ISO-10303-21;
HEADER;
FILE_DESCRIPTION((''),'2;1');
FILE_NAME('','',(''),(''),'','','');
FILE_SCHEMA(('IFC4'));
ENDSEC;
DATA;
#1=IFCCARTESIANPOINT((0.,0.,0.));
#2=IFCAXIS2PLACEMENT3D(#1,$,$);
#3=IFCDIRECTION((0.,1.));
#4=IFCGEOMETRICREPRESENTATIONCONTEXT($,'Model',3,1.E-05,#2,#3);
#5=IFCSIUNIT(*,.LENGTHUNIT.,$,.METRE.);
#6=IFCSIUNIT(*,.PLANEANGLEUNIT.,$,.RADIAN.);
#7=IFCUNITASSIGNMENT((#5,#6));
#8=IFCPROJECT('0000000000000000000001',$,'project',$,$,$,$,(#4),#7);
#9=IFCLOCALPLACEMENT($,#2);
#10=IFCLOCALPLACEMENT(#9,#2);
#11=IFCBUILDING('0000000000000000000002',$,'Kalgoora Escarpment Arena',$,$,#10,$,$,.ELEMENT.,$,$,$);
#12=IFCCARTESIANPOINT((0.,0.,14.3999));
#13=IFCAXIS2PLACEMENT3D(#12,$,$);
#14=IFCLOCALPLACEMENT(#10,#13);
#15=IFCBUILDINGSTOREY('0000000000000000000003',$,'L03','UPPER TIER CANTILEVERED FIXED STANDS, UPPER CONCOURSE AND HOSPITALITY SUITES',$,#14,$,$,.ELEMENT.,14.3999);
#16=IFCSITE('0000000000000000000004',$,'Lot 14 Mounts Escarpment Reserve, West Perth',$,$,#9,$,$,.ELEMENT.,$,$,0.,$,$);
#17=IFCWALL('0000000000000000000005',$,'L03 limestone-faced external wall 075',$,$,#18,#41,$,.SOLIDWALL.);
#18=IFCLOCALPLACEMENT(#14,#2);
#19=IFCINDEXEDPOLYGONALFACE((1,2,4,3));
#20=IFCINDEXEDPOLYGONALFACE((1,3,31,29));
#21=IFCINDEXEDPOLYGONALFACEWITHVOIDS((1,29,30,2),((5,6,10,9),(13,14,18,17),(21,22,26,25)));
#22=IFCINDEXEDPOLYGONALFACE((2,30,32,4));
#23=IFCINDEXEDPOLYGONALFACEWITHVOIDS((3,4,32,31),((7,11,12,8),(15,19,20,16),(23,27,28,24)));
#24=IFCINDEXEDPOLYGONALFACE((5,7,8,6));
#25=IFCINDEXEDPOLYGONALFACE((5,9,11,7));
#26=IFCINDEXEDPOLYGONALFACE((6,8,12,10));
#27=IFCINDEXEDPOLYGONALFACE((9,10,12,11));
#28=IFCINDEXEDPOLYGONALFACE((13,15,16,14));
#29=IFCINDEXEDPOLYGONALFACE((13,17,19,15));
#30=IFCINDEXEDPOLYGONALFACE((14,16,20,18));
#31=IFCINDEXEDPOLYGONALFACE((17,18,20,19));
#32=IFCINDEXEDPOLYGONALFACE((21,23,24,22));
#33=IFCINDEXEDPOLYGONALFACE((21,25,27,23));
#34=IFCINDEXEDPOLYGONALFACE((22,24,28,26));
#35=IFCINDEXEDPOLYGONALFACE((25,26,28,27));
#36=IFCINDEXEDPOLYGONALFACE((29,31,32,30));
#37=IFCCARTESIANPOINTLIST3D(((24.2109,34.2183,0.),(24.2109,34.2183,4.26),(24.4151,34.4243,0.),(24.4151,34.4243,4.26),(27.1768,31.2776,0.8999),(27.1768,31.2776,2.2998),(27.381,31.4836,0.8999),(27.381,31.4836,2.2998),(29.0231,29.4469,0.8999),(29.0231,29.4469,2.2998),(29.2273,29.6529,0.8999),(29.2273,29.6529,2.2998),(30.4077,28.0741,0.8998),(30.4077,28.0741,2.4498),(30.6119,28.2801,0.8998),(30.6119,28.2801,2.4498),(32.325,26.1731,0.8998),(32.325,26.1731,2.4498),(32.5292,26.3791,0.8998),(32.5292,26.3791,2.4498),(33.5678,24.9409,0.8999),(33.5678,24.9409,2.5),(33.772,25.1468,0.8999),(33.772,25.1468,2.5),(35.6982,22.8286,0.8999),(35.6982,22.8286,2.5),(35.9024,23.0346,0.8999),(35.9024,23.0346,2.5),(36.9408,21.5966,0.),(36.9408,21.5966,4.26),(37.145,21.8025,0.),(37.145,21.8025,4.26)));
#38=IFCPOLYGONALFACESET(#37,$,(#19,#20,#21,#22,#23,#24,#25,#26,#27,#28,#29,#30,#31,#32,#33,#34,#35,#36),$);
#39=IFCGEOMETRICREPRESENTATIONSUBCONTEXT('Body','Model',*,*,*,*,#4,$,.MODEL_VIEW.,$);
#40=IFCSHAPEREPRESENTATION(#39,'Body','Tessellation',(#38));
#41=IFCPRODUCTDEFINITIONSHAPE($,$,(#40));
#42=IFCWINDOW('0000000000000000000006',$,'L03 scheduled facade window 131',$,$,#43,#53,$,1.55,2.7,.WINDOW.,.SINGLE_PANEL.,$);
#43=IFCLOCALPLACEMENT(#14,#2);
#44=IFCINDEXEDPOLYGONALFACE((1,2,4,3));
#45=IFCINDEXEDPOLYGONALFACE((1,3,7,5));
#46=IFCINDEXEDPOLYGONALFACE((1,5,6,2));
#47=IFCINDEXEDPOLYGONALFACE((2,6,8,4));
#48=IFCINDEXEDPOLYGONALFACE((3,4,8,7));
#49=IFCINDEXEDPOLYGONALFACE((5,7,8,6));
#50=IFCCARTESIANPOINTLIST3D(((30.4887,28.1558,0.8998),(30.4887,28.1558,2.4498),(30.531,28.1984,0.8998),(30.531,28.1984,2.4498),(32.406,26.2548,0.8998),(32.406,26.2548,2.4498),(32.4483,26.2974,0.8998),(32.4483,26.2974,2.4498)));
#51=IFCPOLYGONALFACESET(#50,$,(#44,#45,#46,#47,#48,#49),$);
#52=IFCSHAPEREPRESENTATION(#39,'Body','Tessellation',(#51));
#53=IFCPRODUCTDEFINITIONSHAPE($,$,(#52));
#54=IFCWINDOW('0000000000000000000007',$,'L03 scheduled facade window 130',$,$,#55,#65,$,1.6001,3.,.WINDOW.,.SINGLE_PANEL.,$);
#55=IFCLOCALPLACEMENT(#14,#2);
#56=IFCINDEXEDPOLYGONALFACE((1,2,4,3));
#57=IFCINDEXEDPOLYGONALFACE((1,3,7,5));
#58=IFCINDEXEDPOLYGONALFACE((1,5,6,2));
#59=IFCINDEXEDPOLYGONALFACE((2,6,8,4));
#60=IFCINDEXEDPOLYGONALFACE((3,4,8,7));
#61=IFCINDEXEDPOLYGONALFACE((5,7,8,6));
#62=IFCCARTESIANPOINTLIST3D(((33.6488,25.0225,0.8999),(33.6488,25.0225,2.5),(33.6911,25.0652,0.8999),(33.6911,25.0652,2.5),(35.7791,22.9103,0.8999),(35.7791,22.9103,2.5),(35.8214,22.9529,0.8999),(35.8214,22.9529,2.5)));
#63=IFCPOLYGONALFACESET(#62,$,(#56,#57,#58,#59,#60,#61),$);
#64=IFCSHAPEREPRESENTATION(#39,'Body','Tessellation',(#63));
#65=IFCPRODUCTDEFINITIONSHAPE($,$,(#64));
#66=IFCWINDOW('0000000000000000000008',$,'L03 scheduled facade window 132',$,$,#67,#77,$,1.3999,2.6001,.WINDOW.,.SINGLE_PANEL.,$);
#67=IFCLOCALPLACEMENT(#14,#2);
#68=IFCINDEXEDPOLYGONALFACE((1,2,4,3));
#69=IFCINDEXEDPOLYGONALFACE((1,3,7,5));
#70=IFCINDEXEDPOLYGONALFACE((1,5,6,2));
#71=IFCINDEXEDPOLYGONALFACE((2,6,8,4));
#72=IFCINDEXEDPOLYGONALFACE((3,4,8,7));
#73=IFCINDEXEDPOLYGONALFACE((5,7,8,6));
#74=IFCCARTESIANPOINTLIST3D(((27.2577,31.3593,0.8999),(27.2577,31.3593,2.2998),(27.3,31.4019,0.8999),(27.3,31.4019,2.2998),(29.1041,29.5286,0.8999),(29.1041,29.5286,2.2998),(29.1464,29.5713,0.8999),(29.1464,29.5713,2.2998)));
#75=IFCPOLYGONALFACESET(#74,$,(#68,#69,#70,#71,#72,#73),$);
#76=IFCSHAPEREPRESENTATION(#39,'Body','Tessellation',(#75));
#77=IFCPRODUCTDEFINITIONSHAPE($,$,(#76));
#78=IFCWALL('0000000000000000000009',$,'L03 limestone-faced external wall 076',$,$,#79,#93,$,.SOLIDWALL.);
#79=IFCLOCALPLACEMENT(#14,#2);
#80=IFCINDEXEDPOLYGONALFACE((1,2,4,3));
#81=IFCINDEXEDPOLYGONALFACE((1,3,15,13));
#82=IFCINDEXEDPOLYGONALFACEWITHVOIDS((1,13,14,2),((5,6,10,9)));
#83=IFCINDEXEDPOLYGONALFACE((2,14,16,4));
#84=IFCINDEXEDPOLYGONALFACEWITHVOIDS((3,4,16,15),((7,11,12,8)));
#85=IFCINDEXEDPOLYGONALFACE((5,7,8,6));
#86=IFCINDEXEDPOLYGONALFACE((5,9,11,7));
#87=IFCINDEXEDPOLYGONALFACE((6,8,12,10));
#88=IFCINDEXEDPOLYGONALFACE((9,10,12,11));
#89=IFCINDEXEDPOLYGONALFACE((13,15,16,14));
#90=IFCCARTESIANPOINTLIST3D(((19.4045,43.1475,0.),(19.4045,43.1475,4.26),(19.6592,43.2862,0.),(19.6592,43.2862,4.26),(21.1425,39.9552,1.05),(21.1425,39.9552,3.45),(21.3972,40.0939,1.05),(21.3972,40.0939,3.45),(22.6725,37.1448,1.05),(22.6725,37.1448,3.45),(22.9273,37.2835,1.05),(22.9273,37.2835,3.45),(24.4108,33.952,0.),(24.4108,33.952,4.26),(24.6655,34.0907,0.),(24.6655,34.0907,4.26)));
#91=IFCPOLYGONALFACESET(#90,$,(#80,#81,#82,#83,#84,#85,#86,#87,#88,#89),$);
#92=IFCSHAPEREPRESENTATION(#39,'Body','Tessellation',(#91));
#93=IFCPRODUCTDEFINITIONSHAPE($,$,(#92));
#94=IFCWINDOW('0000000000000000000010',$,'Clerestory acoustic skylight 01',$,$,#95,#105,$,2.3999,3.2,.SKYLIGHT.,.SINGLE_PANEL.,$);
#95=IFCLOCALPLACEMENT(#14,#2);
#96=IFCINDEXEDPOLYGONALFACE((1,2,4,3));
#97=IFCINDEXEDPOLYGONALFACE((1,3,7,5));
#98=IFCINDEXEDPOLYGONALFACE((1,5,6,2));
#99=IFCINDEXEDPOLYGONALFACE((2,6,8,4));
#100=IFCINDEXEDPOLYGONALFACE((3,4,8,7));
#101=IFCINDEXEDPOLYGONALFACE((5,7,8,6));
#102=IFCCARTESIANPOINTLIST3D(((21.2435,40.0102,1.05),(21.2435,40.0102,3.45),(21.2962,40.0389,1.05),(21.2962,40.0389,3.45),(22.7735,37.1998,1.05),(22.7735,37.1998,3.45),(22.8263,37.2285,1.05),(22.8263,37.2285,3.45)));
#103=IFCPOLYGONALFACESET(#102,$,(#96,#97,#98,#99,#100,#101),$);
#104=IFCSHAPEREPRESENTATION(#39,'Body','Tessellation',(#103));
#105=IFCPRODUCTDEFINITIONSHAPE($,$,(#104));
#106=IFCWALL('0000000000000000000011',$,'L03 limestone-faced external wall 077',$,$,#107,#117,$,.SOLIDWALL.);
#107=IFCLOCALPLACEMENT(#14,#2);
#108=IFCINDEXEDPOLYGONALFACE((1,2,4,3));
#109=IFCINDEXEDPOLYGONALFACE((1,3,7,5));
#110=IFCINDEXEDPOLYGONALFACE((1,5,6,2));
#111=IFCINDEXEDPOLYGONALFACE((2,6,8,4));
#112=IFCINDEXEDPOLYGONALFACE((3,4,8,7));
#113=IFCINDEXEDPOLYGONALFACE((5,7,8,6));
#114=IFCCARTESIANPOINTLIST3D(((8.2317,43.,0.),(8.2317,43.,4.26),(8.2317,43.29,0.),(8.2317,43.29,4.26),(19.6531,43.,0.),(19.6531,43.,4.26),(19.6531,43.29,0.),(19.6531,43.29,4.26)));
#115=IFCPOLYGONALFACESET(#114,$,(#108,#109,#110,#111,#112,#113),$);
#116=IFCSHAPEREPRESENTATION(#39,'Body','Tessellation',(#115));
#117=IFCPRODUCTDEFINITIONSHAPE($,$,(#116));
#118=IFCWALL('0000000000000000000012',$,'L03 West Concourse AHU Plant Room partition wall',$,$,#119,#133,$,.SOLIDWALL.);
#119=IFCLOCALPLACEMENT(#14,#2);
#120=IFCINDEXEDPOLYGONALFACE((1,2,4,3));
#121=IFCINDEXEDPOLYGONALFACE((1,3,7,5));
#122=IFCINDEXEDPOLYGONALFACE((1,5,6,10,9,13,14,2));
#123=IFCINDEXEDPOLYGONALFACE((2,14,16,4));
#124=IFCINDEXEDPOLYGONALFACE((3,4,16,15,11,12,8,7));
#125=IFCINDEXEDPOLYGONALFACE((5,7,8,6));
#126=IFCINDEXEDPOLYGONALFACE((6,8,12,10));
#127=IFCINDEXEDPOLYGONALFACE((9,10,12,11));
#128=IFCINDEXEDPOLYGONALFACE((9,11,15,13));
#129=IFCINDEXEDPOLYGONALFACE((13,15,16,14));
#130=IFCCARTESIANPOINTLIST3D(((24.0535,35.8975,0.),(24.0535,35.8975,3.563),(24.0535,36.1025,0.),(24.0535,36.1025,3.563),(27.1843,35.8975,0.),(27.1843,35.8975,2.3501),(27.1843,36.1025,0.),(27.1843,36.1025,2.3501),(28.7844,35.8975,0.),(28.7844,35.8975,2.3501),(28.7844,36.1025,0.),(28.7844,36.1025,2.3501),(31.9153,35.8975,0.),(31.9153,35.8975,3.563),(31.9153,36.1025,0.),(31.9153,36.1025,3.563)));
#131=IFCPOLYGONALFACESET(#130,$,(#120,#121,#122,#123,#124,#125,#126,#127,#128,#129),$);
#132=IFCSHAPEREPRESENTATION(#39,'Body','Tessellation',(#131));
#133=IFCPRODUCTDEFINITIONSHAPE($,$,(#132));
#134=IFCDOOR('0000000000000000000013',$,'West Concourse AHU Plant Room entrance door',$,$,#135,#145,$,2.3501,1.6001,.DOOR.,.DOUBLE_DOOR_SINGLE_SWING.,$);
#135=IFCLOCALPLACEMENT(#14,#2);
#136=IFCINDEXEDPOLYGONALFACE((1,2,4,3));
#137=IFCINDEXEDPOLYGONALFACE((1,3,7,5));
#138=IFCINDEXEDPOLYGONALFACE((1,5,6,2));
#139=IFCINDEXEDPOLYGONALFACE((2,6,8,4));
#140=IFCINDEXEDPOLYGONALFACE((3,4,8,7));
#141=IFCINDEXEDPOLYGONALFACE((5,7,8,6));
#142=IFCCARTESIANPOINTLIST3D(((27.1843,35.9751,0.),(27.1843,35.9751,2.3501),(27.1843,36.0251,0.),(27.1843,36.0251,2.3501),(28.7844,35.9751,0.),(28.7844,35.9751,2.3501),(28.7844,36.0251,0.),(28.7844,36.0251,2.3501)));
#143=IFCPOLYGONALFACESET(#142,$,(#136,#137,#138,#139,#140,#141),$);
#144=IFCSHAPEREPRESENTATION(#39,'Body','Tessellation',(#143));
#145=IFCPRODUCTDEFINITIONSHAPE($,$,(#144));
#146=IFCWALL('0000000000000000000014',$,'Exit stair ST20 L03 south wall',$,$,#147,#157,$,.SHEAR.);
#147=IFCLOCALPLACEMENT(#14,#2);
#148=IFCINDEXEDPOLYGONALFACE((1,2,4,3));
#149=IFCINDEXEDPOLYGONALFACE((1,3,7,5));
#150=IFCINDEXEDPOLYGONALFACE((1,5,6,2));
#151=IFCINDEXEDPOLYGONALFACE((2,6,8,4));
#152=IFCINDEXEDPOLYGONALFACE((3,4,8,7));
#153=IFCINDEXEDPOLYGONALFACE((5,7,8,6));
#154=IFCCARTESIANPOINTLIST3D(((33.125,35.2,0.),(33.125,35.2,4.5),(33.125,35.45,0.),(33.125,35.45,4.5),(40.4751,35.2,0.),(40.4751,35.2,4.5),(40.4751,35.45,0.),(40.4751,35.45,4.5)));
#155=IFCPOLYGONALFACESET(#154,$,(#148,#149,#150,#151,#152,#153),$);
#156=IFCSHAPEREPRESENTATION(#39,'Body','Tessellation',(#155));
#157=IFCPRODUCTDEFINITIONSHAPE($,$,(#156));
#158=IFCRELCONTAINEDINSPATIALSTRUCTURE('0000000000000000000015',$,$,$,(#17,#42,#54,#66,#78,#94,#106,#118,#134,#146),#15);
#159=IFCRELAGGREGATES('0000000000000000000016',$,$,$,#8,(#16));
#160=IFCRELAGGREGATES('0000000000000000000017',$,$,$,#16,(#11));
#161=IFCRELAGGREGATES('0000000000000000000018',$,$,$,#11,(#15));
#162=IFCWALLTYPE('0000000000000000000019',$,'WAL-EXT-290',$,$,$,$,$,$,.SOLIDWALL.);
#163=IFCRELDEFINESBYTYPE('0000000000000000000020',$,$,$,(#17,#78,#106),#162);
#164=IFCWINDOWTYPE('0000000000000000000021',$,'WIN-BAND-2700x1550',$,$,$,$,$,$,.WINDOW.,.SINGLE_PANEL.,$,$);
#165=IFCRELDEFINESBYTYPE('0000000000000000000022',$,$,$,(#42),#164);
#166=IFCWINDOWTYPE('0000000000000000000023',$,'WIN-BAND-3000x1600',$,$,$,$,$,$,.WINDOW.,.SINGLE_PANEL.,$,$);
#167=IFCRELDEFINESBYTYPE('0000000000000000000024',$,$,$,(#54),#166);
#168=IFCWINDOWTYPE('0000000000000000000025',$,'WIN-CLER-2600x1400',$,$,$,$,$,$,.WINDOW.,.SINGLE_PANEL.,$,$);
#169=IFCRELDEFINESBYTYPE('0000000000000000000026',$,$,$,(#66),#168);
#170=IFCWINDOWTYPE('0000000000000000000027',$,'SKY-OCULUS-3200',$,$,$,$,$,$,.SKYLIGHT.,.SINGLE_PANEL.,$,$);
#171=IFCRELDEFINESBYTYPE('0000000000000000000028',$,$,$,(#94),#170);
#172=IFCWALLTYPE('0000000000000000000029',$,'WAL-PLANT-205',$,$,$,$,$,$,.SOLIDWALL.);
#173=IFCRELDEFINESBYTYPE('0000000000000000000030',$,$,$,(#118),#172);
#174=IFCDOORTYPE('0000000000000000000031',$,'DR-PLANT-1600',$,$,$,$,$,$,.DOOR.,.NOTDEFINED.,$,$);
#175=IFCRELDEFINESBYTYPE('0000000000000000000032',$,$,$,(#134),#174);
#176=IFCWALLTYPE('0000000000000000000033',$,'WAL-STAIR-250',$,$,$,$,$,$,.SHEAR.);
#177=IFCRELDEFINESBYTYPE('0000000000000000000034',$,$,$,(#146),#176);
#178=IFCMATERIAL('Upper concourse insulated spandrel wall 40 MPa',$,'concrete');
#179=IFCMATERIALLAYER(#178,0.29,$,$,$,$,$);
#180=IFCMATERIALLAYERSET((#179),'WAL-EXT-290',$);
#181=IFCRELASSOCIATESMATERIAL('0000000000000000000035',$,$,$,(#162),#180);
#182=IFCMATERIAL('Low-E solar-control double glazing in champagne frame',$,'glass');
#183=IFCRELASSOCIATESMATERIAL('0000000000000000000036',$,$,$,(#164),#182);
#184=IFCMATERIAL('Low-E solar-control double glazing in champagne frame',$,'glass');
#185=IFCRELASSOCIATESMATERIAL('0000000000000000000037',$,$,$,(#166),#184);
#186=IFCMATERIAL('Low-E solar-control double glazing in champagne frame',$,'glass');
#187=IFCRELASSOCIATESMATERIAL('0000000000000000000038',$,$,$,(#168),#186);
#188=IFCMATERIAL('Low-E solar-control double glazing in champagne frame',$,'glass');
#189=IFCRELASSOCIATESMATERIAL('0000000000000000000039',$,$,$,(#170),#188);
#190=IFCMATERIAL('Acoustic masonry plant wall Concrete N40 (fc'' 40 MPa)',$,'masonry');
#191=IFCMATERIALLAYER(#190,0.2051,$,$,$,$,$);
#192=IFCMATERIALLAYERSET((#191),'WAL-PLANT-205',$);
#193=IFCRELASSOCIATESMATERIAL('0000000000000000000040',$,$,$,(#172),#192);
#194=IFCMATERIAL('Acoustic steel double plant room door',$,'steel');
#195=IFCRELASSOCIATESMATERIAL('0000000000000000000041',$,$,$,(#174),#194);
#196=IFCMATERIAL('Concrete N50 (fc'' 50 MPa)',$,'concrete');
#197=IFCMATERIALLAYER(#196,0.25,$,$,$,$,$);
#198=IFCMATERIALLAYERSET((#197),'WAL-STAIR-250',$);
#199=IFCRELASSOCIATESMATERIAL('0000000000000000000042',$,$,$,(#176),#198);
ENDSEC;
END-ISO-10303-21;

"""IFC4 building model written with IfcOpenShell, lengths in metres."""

from ifc_helpers import new_model, si_unit, direction, frame, frame_2d, origin, place, context, subcontext, project, spatial, rectangle, extrude, material, layer, layer_set, type_object, element, fill, save


model = new_model("IFC4")

# Units and contexts
model_context = context("Model", 3, precision=1e-05, world=origin(), true_north=direction((0.0, 1.0)))
body_context = subcontext(model_context, "Body", "Model", "MODEL_VIEW")
ifc_project = project(units=[si_unit("LENGTHUNIT", "METRE"), si_unit("PLANEANGLEUNIT", "RADIAN")], contexts=[model_context])

# Site, building, storey
site_placement = place(None, origin())
site = spatial("IfcSite", under=ifc_project, at=site_placement, Name="Lot 14 Mounts Escarpment Reserve, West Perth", CompositionType="ELEMENT", RefElevation=0.0)
building_placement = place(site_placement, origin())
building = spatial("IfcBuilding", under=site, at=building_placement, Name="Kalgoora Escarpment Arena", CompositionType="ELEMENT")
storey_placement = place(building_placement, frame((0.0, 0.0, 14.3999)))
storey = spatial("IfcBuildingStorey", under=building, at=storey_placement, Name="L03", Description="UPPER TIER CANTILEVERED FIXED STANDS, UPPER CONCOURSE AND HOSPITALITY SUITES", CompositionType="ELEMENT", Elevation=14.3999)

# Wall, openings, windows
ifc_material_1 = material(Name="Upper concourse insulated spandrel wall 40 MPa", Category="concrete")
ifc_layer_1 = layer(ifc_material_1, 0.29)
ifc_layer_set_1 = layer_set([ifc_layer_1], Name="WAL-EXT-290")
wall_type_1 = type_object("IfcWallType", Name="WAL-EXT-290", PredefinedType="SOLIDWALL", material=ifc_layer_set_1)
wall_1_placement = place(storey_placement, frame((37.043, 21.6995, 0.0), z_axis=(0.0, 0.0, 1.0), x_axis=(-0.710117, 0.704084, 0.0)))
wall_1 = element("IfcWall", 1, at=wall_1_placement, inside=storey, type_object=wall_type_1, Name="L03 limestone-faced external wall 075", PredefinedType="SOLIDWALL", context=body_context, shape_type="SweptSolid", body=[
    extrude(rectangle(XDim=17.9265, YDim=0.29, at=frame_2d((8.9634, 0.0))), origin(), (0.0, 0.0, 1.0), 4.26),
])
opening_1_placement = place(wall_1_placement, frame((1.75, 0.0, 0.8999)))
opening_1 = element("IfcOpeningElement", 2, at=opening_1_placement, cuts=wall_1, PredefinedType="OPENING", context=body_context, shape_type="SweptSolid", body=[
    extrude(rectangle(XDim=3.0, YDim=1.6001, at=frame_2d((1.5, 0.8))), frame((0.0, 0.155, 0.0), z_axis=(0.0, -1.0, 0.0), x_axis=(1.0, 0.0, 0.0)), (0.0, 0.0, 1.0), 0.3101),
])
opening_2_placement = place(wall_1_placement, frame((6.5, 0.0, 0.8999)))
opening_2 = element("IfcOpeningElement", 3, at=opening_2_placement, cuts=wall_1, PredefinedType="OPENING", context=body_context, shape_type="SweptSolid", body=[
    extrude(rectangle(XDim=2.7, YDim=1.55, at=frame_2d((1.3501, 0.7749))), frame((0.0, 0.155, 0.0), z_axis=(0.0, -1.0, 0.0), x_axis=(1.0, 0.0, 0.0)), (0.0, 0.0, 1.0), 0.3101),
])
opening_3_placement = place(wall_1_placement, frame((11.1499, 0.0, 0.8999)))
opening_3 = element("IfcOpeningElement", 4, at=opening_3_placement, cuts=wall_1, PredefinedType="OPENING", context=body_context, shape_type="SweptSolid", body=[
    extrude(rectangle(XDim=2.6001, YDim=1.3999, at=frame_2d((1.3, 0.7))), frame((0.0, 0.155, 0.0), z_axis=(0.0, -1.0, 0.0), x_axis=(1.0, 0.0, 0.0)), (0.0, 0.0, 1.0), 0.3101),
])
ifc_material_2 = material(Name="Low-E solar-control double glazing in champagne frame", Category="glass")
window_type_1 = type_object("IfcWindowType", Name="WIN-BAND-2700x1550", PartitioningType="SINGLE_PANEL", PredefinedType="WINDOW", material=ifc_material_2)
window_1_placement = place(opening_2_placement, origin())
window_1 = element("IfcWindow", 5, at=window_1_placement, inside=storey, type_object=window_type_1, Name="L03 scheduled facade window 131", OverallHeight=1.55, OverallWidth=2.7, PartitioningType="SINGLE_PANEL", PredefinedType="WINDOW", context=body_context, shape_type="SweptSolid", body=[
    extrude(rectangle(XDim=2.7, YDim=1.55, at=frame_2d((1.3501, 0.7749))), frame((0.0, 0.03, 0.0), z_axis=(0.0, -1.0, 0.0), x_axis=(1.0, 0.0, 0.0)), (0.0, 0.0, 1.0), 0.0601),
])
fill(opening_2, window_1)
ifc_material_3 = material(Name="Low-E solar-control double glazing in champagne frame", Category="glass")
window_type_2 = type_object("IfcWindowType", Name="WIN-BAND-3000x1600", PartitioningType="SINGLE_PANEL", PredefinedType="WINDOW", material=ifc_material_3)
window_2_placement = place(opening_1_placement, origin())
window_2 = element("IfcWindow", 6, at=window_2_placement, inside=storey, type_object=window_type_2, Name="L03 scheduled facade window 130", OverallHeight=1.6001, OverallWidth=3.0, PartitioningType="SINGLE_PANEL", PredefinedType="WINDOW", context=body_context, shape_type="SweptSolid", body=[
    extrude(rectangle(XDim=3.0, YDim=1.6001, at=frame_2d((1.5, 0.8))), frame((0.0, 0.03, 0.0), z_axis=(0.0, -1.0, 0.0), x_axis=(1.0, 0.0, 0.0)), (0.0, 0.0, 1.0), 0.0601),
])
fill(opening_1, window_2)
ifc_material_4 = material(Name="Low-E solar-control double glazing in champagne frame", Category="glass")
window_type_3 = type_object("IfcWindowType", Name="WIN-CLER-2600x1400", PartitioningType="SINGLE_PANEL", PredefinedType="WINDOW", material=ifc_material_4)
window_3_placement = place(opening_3_placement, origin())
window_3 = element("IfcWindow", 7, at=window_3_placement, inside=storey, type_object=window_type_3, Name="L03 scheduled facade window 132", OverallHeight=1.3999, OverallWidth=2.6001, PartitioningType="SINGLE_PANEL", PredefinedType="WINDOW", context=body_context, shape_type="SweptSolid", body=[
    extrude(rectangle(XDim=2.6001, YDim=1.3999, at=frame_2d((1.3, 0.7))), frame((0.0, 0.03, 0.0), z_axis=(0.0, -1.0, 0.0), x_axis=(1.0, 0.0, 0.0)), (0.0, 0.0, 1.0), 0.0601),
])
fill(opening_3, window_3)

# Wall, opening, window
wall_2_placement = place(storey_placement, frame((24.5381, 34.0215, 0.0), z_axis=(0.0, 0.0, 1.0), x_axis=(-0.478159, 0.878273, 0.0)))
wall_2 = element("IfcWall", 8, at=wall_2_placement, inside=storey, type_object=wall_type_1, Name="L03 limestone-faced external wall 076", PredefinedType="SOLIDWALL", context=body_context, shape_type="SweptSolid", body=[
    extrude(rectangle(XDim=10.47, YDim=0.29, at=frame_2d((5.2349, 0.0))), origin(), (0.0, 0.0, 1.0), 4.26),
])
opening_4_placement = place(wall_2_placement, frame((3.635, 0.0, 1.05)))
opening_4 = element("IfcOpeningElement", 9, at=opening_4_placement, cuts=wall_2, PredefinedType="OPENING", context=body_context, shape_type="SweptSolid", body=[
    extrude(rectangle(XDim=3.2, YDim=2.3999, at=frame_2d((1.6001, 1.2))), frame((0.0, 0.155, 0.0), z_axis=(0.0, -1.0, 0.0), x_axis=(1.0, 0.0, 0.0)), (0.0, 0.0, 1.0), 0.3101),
])
ifc_material_5 = material(Name="Low-E solar-control double glazing in champagne frame", Category="glass")
window_type_4 = type_object("IfcWindowType", Name="SKY-OCULUS-3200", PartitioningType="SINGLE_PANEL", PredefinedType="SKYLIGHT", material=ifc_material_5)
window_4_placement = place(opening_4_placement, origin())
window_4 = element("IfcWindow", 10, at=window_4_placement, inside=storey, type_object=window_type_4, Name="Clerestory acoustic skylight 01", OverallHeight=2.3999, OverallWidth=3.2, PartitioningType="SINGLE_PANEL", PredefinedType="SKYLIGHT", context=body_context, shape_type="SweptSolid", body=[
    extrude(rectangle(XDim=3.2, YDim=2.3999, at=frame_2d((1.6001, 1.2))), frame((0.0, 0.03, 0.0), z_axis=(0.0, -1.0, 0.0), x_axis=(1.0, 0.0, 0.0)), (0.0, 0.0, 1.0), 0.0601),
])
fill(opening_4, window_4)

# Wall
wall_3_placement = place(storey_placement, frame((19.6531, 43.145, 0.0), z_axis=(0.0, 0.0, 1.0), x_axis=(-1.0, 0.0, 0.0)))
element("IfcWall", 11, at=wall_3_placement, inside=storey, type_object=wall_type_1, Name="L03 limestone-faced external wall 077", PredefinedType="SOLIDWALL", context=body_context, shape_type="SweptSolid", body=[
    extrude(rectangle(XDim=11.4214, YDim=0.29, at=frame_2d((5.7107, 0.0))), origin(), (0.0, 0.0, 1.0), 4.26),
])

# Wall, opening, door
ifc_material_6 = material(Name="Acoustic masonry plant wall Concrete N40 (fc' 40 MPa)", Category="masonry")
ifc_layer_2 = layer(ifc_material_6, 0.2051)
ifc_layer_set_2 = layer_set([ifc_layer_2], Name="WAL-PLANT-205")
wall_type_2 = type_object("IfcWallType", Name="WAL-PLANT-205", PredefinedType="SOLIDWALL", material=ifc_layer_set_2)
wall_4_placement = place(storey_placement, frame((31.9153, 36.0, 0.0), z_axis=(0.0, 0.0, 1.0), x_axis=(-1.0, 0.0, 0.0)))
wall_4 = element("IfcWall", 12, at=wall_4_placement, inside=storey, type_object=wall_type_2, Name="L03 West Concourse AHU Plant Room partition wall", PredefinedType="SOLIDWALL", context=body_context, shape_type="SweptSolid", body=[
    extrude(rectangle(XDim=7.8618, YDim=0.2051, at=frame_2d((3.9309, 0.0))), origin(), (0.0, 0.0, 1.0), 3.563),
])
opening_5_placement = place(wall_4_placement, frame((3.1309, 0.0, 0.0)))
opening_5 = element("IfcOpeningElement", 13, at=opening_5_placement, cuts=wall_4, PredefinedType="OPENING", context=body_context, shape_type="SweptSolid", body=[
    extrude(rectangle(XDim=1.6001, YDim=2.3501, at=frame_2d((0.8, 1.175))), frame((0.0, 0.1125, 0.0), z_axis=(0.0, -1.0, 0.0), x_axis=(1.0, 0.0, 0.0)), (0.0, 0.0, 1.0), 0.2251),
])
ifc_material_7 = material(Name="Acoustic steel double plant room door", Category="steel")
door_type = type_object("IfcDoorType", Name="DR-PLANT-1600", OperationType="NOTDEFINED", PredefinedType="DOOR", material=ifc_material_7)
door_placement = place(opening_5_placement, origin())
door = element("IfcDoor", 14, at=door_placement, inside=storey, type_object=door_type, Name="West Concourse AHU Plant Room entrance door", OperationType="DOUBLE_DOOR_SINGLE_SWING", OverallHeight=2.3501, OverallWidth=1.6001, PredefinedType="DOOR", context=body_context, shape_type="SweptSolid", body=[
    extrude(rectangle(XDim=1.6001, YDim=2.3501, at=frame_2d((0.8, 1.175))), frame((0.0, 0.0249, 0.0), z_axis=(0.0, -1.0, 0.0), x_axis=(1.0, 0.0, 0.0)), (0.0, 0.0, 1.0), 0.05),
])
fill(opening_5, door)

# Wall
ifc_material_8 = material(Name="Concrete N50 (fc' 50 MPa)", Category="concrete")
ifc_layer_3 = layer(ifc_material_8, 0.25)
ifc_layer_set_3 = layer_set([ifc_layer_3], Name="WAL-STAIR-250")
wall_type_3 = type_object("IfcWallType", Name="WAL-STAIR-250", PredefinedType="SHEAR", material=ifc_layer_set_3)
wall_5_placement = place(storey_placement, frame((33.125, 35.325, 0.0), z_axis=(0.0, 0.0, 1.0), x_axis=(1.0, 0.0, 0.0)))
element("IfcWall", 15, at=wall_5_placement, inside=storey, type_object=wall_type_3, Name="Exit stair ST20 L03 south wall", PredefinedType="SHEAR", context=body_context, shape_type="SweptSolid", body=[
    extrude(rectangle(XDim=7.3501, YDim=0.25, at=frame_2d((3.675, 0.0))), origin(), (0.0, 0.0, 1.0), 4.5),
])

save(model, "model.ifc")
